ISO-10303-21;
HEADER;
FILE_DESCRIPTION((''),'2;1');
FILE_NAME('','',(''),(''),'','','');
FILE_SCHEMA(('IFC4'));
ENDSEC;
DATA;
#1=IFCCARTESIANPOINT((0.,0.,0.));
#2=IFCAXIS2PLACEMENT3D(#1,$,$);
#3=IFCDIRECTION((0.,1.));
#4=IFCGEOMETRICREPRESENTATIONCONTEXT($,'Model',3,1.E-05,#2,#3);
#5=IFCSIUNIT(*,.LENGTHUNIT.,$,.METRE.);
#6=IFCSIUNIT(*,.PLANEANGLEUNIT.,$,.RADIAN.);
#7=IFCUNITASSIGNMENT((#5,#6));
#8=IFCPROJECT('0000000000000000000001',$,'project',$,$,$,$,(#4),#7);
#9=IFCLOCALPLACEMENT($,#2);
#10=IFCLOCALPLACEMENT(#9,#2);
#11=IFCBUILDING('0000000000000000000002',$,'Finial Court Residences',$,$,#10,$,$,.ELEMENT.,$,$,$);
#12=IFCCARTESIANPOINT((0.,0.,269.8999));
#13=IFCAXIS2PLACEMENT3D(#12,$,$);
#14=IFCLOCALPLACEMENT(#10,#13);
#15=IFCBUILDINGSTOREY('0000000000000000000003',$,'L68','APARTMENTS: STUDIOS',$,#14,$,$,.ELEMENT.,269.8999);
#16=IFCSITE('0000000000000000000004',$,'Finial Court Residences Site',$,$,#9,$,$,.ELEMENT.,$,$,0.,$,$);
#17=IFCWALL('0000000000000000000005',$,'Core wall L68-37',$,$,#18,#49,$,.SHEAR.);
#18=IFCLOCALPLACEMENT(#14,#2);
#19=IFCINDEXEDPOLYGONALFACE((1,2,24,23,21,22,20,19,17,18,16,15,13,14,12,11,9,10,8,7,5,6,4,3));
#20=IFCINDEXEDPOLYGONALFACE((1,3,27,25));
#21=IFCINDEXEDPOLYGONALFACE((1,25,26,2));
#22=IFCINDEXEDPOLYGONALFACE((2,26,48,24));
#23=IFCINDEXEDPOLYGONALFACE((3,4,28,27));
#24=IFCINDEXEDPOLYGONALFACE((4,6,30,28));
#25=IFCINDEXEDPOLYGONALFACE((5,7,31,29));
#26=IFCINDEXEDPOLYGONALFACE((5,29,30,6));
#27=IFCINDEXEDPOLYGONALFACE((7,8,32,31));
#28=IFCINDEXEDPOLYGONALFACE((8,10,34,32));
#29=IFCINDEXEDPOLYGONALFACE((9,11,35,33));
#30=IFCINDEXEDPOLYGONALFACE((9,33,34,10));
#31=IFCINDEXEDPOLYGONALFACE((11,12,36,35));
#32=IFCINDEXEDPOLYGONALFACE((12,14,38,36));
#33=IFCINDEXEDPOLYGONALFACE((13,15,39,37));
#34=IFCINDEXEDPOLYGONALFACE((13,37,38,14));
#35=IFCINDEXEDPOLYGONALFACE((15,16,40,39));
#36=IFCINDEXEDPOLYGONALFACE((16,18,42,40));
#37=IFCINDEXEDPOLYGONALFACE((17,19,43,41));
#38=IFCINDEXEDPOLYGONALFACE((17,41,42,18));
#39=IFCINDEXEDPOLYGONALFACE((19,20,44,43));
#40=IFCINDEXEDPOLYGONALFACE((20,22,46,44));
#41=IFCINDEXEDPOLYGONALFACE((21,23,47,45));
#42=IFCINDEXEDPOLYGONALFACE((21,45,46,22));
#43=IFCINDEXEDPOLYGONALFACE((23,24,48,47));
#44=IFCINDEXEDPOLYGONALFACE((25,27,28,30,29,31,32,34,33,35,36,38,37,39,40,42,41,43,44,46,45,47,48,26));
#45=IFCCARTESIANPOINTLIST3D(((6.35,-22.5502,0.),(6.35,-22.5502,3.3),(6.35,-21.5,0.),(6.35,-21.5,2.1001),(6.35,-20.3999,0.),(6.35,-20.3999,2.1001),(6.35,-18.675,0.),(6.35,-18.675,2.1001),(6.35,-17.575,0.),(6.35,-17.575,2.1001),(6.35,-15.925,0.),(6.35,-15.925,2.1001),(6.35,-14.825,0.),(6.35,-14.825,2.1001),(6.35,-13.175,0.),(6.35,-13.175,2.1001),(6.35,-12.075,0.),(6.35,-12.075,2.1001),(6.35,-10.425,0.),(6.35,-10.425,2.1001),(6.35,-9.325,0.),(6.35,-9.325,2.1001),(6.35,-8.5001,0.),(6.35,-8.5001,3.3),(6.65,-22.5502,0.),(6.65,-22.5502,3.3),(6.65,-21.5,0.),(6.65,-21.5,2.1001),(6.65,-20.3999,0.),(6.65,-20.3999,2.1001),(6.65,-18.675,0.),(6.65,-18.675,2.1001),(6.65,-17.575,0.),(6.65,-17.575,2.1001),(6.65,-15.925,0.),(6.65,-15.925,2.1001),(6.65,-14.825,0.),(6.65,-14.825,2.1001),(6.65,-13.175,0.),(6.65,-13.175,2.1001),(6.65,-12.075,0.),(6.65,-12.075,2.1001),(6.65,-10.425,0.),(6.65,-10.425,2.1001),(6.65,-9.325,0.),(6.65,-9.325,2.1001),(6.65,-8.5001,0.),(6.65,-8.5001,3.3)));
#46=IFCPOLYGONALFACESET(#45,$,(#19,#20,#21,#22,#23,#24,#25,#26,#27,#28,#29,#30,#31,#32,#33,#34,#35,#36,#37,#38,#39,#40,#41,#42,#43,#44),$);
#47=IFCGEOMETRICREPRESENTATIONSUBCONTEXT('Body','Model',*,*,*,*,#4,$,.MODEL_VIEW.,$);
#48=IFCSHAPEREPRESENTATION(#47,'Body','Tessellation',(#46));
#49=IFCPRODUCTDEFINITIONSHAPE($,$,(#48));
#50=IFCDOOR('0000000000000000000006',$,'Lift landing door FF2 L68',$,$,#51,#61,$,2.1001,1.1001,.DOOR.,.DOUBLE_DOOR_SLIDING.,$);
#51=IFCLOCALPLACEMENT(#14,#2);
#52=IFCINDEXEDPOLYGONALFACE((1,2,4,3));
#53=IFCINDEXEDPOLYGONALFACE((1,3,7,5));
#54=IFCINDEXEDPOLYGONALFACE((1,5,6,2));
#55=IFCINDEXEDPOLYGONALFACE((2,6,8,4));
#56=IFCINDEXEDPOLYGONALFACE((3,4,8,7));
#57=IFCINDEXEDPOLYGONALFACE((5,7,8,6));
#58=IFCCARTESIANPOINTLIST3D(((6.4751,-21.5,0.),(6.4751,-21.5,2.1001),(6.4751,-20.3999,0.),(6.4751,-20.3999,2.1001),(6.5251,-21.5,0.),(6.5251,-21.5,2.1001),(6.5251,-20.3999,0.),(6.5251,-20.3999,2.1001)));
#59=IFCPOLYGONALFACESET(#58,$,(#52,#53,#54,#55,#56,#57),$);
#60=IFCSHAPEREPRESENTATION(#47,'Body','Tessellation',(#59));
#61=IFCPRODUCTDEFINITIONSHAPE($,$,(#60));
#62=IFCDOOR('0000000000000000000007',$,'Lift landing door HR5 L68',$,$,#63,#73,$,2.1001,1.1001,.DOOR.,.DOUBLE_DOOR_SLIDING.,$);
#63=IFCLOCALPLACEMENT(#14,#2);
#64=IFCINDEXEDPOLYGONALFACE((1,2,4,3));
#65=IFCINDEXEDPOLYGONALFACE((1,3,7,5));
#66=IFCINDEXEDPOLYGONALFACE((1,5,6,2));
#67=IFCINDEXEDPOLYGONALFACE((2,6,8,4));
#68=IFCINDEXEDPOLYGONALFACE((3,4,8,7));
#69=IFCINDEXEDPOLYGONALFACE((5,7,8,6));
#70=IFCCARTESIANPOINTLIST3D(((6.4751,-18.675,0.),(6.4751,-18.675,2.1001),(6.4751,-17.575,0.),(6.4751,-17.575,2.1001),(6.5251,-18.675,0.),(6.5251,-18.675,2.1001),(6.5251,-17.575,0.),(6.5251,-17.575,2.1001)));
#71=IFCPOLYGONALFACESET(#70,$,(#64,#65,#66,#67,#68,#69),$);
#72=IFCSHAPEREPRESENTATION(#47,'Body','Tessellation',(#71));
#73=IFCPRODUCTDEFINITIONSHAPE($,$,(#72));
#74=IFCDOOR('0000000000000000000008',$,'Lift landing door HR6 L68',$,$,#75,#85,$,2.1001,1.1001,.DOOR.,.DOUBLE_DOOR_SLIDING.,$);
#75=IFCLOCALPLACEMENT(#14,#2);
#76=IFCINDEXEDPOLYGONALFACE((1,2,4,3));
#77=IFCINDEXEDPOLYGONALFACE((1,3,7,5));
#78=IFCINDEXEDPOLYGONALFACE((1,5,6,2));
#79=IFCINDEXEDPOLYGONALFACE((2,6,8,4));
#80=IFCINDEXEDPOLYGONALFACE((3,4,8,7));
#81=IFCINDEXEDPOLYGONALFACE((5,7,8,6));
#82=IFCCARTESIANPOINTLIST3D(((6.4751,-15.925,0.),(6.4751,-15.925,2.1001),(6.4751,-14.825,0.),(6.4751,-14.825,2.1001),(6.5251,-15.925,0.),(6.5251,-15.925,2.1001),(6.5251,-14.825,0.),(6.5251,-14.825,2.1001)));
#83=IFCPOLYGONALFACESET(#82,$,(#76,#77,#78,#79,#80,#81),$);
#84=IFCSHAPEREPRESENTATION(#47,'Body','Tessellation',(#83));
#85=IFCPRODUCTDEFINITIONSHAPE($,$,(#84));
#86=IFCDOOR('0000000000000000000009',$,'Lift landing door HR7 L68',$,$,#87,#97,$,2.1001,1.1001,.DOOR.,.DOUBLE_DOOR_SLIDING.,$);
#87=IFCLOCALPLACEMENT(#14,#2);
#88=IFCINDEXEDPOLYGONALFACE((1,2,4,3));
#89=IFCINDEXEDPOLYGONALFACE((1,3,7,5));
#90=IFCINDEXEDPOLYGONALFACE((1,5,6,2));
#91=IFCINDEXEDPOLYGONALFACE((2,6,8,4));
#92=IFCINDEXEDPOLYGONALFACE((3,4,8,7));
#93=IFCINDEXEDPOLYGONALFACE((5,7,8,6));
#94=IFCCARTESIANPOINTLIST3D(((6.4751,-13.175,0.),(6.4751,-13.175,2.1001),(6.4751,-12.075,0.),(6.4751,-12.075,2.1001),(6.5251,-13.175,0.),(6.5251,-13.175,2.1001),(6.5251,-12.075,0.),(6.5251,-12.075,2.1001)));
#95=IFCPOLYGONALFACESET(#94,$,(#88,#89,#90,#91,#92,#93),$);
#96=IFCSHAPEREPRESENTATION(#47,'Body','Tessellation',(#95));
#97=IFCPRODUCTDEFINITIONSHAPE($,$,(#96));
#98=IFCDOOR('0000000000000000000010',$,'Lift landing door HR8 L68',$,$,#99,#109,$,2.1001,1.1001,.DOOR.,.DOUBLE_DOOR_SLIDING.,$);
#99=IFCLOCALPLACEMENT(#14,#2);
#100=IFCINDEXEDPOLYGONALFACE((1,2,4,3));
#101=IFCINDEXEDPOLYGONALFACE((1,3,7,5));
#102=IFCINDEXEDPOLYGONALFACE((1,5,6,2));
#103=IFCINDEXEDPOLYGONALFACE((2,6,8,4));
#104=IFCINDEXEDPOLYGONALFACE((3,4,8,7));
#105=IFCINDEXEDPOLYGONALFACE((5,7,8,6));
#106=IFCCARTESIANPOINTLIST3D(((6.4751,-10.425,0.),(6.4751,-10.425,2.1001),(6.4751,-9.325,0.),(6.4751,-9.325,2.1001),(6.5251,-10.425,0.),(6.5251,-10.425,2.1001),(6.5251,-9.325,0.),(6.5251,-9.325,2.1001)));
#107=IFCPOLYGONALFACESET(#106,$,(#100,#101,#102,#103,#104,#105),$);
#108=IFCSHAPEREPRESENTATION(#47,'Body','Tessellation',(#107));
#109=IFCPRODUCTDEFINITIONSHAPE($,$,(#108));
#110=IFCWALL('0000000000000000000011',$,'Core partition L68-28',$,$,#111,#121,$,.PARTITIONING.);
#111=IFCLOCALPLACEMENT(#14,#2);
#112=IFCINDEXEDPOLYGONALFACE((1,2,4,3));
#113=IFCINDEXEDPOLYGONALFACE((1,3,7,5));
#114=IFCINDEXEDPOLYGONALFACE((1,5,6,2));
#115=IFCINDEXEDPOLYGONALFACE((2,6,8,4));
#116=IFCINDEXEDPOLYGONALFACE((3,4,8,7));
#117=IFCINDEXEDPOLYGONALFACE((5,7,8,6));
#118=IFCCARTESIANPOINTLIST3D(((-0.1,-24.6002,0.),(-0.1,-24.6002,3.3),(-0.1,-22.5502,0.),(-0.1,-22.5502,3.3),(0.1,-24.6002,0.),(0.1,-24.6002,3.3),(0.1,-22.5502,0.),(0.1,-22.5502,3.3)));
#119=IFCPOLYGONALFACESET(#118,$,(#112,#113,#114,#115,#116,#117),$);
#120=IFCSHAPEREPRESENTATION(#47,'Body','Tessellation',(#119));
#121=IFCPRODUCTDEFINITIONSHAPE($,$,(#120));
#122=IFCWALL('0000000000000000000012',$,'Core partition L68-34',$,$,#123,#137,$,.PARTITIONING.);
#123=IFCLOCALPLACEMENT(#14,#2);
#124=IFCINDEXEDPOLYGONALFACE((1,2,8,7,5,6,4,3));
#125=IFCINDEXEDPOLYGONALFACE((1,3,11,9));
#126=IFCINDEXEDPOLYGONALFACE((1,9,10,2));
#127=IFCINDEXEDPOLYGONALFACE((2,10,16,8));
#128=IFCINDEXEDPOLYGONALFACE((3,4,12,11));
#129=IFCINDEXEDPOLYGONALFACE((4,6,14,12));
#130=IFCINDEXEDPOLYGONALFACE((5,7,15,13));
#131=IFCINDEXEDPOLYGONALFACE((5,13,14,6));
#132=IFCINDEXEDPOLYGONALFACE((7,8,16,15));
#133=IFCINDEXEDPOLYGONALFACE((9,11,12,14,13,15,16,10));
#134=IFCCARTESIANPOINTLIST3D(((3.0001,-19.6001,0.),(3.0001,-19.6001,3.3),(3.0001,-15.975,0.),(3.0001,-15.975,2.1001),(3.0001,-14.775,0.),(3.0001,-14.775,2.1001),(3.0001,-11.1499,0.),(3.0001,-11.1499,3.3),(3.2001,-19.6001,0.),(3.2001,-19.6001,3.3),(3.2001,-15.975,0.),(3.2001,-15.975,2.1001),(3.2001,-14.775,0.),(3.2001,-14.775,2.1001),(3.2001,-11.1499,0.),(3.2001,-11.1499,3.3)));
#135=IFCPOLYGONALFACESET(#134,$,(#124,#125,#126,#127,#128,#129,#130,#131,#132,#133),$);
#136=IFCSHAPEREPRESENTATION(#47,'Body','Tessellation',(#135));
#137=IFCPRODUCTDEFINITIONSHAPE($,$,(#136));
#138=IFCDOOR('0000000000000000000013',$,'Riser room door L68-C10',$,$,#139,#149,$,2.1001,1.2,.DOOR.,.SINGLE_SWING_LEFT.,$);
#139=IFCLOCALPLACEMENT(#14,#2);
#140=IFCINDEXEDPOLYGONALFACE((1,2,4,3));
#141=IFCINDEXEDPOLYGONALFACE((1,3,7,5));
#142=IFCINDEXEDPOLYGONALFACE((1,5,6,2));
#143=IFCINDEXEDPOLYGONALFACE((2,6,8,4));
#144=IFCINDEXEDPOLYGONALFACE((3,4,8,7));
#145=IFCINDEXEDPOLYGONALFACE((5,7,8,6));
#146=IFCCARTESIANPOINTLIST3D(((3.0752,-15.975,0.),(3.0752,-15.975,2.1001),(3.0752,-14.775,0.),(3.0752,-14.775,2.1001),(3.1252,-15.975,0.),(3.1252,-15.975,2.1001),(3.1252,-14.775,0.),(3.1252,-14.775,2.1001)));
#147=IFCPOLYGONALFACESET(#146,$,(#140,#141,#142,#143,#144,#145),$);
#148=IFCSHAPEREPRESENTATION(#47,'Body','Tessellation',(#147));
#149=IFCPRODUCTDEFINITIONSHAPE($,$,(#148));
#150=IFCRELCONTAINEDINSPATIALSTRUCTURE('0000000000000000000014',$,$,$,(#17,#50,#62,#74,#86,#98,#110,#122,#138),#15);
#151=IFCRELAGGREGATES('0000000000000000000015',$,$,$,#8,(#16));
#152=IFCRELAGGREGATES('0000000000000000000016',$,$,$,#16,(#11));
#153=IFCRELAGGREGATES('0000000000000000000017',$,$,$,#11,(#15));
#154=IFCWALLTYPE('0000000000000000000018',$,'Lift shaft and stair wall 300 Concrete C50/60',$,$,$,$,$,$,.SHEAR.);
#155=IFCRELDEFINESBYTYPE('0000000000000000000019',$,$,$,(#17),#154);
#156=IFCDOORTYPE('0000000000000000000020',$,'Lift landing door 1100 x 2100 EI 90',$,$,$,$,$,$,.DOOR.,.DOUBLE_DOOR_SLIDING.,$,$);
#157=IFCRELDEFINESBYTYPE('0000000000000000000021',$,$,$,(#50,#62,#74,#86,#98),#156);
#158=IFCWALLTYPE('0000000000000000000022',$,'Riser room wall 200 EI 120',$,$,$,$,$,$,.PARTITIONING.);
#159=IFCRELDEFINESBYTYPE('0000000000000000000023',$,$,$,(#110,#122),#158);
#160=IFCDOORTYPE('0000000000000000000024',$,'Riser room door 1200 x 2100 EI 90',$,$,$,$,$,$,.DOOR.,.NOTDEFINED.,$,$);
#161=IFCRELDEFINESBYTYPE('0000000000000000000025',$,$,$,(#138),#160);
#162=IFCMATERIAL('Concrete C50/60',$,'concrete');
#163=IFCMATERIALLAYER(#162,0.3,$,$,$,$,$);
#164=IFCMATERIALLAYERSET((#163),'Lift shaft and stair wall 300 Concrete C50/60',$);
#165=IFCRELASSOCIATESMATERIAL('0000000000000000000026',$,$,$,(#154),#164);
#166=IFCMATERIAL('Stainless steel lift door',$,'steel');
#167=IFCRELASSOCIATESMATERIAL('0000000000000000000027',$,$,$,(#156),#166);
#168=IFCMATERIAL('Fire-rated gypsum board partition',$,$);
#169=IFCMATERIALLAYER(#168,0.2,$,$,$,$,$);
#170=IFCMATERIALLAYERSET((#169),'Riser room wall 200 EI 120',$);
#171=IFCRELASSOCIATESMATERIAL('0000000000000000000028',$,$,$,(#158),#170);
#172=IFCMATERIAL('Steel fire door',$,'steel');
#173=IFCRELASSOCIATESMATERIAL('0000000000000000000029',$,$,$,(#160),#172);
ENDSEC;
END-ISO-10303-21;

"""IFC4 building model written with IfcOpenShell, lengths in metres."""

from ifc_helpers import new_model, si_unit, direction, frame, frame_2d, origin, place, context, subcontext, project, spatial, rectangle, extrude, material, layer, layer_set, type_object, element, fill, save


model = new_model("IFC4")

# Units and contexts
model_context = context("Model", 3, precision=1e-05, world=origin(), true_north=direction((0.0, 1.0)))
body_context = subcontext(model_context, "Body", "Model", "MODEL_VIEW")
ifc_project = project(units=[si_unit("LENGTHUNIT", "METRE"), si_unit("PLANEANGLEUNIT", "RADIAN")], contexts=[model_context])

# Site, building, storey
site_placement = place(None, origin())
site = spatial("IfcSite", under=ifc_project, at=site_placement, Name="Finial Court Residences Site", CompositionType="ELEMENT", RefElevation=0.0)
building_placement = place(site_placement, origin())
building = spatial("IfcBuilding", under=site, at=building_placement, Name="Finial Court Residences", CompositionType="ELEMENT")
storey_placement = place(building_placement, frame((0.0, 0.0, 269.8999)))
storey = spatial("IfcBuildingStorey", under=building, at=storey_placement, Name="L68", Description="APARTMENTS: STUDIOS", CompositionType="ELEMENT", Elevation=269.8999)

# Shared definitions
ifc_material_1 = material(Name="Fire-rated gypsum board partition")
ifc_material_2 = material(Name="Steel fire door", Category="steel")

# Shared definitions
ifc_material_3 = material(Name="Concrete C50/60", Category="concrete")
ifc_layer_1 = layer(ifc_material_3, 0.3)
ifc_layer_set_1 = layer_set([ifc_layer_1], Name="Lift shaft and stair wall 300 Concrete C50/60")
wall_type_1 = type_object("IfcWallType", Name="Lift shaft and stair wall 300 Concrete C50/60", PredefinedType="SHEAR", material=ifc_layer_set_1)

# Shared definitions
ifc_material_4 = material(Name="Stainless steel lift door", Category="steel")
door_type_1 = type_object("IfcDoorType", Name="Lift landing door 1100 x 2100 EI 90", OperationType="DOUBLE_DOOR_SLIDING", PredefinedType="DOOR", material=ifc_material_4)

# Wall, openings, doors
wall_1_placement = place(storey_placement, frame((6.5, -22.55, 0.0), z_axis=(0.0, 0.0, 1.0), x_axis=(0.0, 1.0, 0.0)))
wall_1 = element("IfcWall", 1, at=wall_1_placement, inside=storey, type_object=wall_type_1, Name="Core wall L68-37", PredefinedType="SHEAR", context=body_context, shape_type="SweptSolid", body=[
    extrude(rectangle(XDim=14.05, YDim=0.3, at=frame_2d((7.0249, 0.0))), origin(), (0.0, 0.0, 1.0), 3.3),
])
opening_1_placement = place(wall_1_placement, frame((1.05, 0.0, 0.0)))
opening_1 = element("IfcOpeningElement", 2, at=opening_1_placement, cuts=wall_1, PredefinedType="OPENING", context=body_context, shape_type="SweptSolid", body=[
    extrude(rectangle(XDim=1.1001, YDim=2.1001, at=frame_2d((0.55, 1.05))), frame((0.0, 0.1599, 0.0), z_axis=(0.0, -1.0, 0.0), x_axis=(1.0, 0.0, 0.0)), (0.0, 0.0, 1.0), 0.3201),
])
opening_2_placement = place(wall_1_placement, frame((3.875, 0.0, 0.0)))
opening_2 = element("IfcOpeningElement", 3, at=opening_2_placement, cuts=wall_1, PredefinedType="OPENING", context=body_context, shape_type="SweptSolid", body=[
    extrude(rectangle(XDim=1.1001, YDim=2.1001, at=frame_2d((0.55, 1.05))), frame((0.0, 0.1599, 0.0), z_axis=(0.0, -1.0, 0.0), x_axis=(1.0, 0.0, 0.0)), (0.0, 0.0, 1.0), 0.3201),
])
opening_3_placement = place(wall_1_placement, frame((6.625, 0.0, 0.0)))
opening_3 = element("IfcOpeningElement", 4, at=opening_3_placement, cuts=wall_1, PredefinedType="OPENING", context=body_context, shape_type="SweptSolid", body=[
    extrude(rectangle(XDim=1.1001, YDim=2.1001, at=frame_2d((0.55, 1.05))), frame((0.0, 0.1599, 0.0), z_axis=(0.0, -1.0, 0.0), x_axis=(1.0, 0.0, 0.0)), (0.0, 0.0, 1.0), 0.3201),
])
opening_4_placement = place(wall_1_placement, frame((9.375, 0.0, 0.0)))
opening_4 = element("IfcOpeningElement", 5, at=opening_4_placement, cuts=wall_1, PredefinedType="OPENING", context=body_context, shape_type="SweptSolid", body=[
    extrude(rectangle(XDim=1.1001, YDim=2.1001, at=frame_2d((0.55, 1.05))), frame((0.0, 0.1599, 0.0), z_axis=(0.0, -1.0, 0.0), x_axis=(1.0, 0.0, 0.0)), (0.0, 0.0, 1.0), 0.3201),
])
opening_5_placement = place(wall_1_placement, frame((12.125, 0.0, 0.0)))
opening_5 = element("IfcOpeningElement", 6, at=opening_5_placement, cuts=wall_1, PredefinedType="OPENING", context=body_context, shape_type="SweptSolid", body=[
    extrude(rectangle(XDim=1.1001, YDim=2.1001, at=frame_2d((0.55, 1.05))), frame((0.0, 0.1599, 0.0), z_axis=(0.0, -1.0, 0.0), x_axis=(1.0, 0.0, 0.0)), (0.0, 0.0, 1.0), 0.3201),
])
door_1_placement = place(opening_1_placement, origin())
door_1 = element("IfcDoor", 7, at=door_1_placement, inside=storey, type_object=door_type_1, Name="Lift landing door FF2 L68", OperationType="DOUBLE_DOOR_SLIDING", OverallHeight=2.1001, OverallWidth=1.1001, PredefinedType="DOOR", context=body_context, shape_type="SweptSolid", body=[
    extrude(rectangle(XDim=1.1001, YDim=2.1001, at=frame_2d((0.55, 1.05))), frame((0.0, 0.0249, 0.0), z_axis=(0.0, -1.0, 0.0), x_axis=(1.0, 0.0, 0.0)), (0.0, 0.0, 1.0), 0.05),
])
fill(opening_1, door_1)
door_2_placement = place(opening_2_placement, origin())
door_2 = element("IfcDoor", 8, at=door_2_placement, inside=storey, type_object=door_type_1, Name="Lift landing door HR5 L68", OperationType="DOUBLE_DOOR_SLIDING", OverallHeight=2.1001, OverallWidth=1.1001, PredefinedType="DOOR", context=body_context, shape_type="SweptSolid", body=[
    extrude(rectangle(XDim=1.1001, YDim=2.1001, at=frame_2d((0.55, 1.05))), frame((0.0, 0.0249, 0.0), z_axis=(0.0, -1.0, 0.0), x_axis=(1.0, 0.0, 0.0)), (0.0, 0.0, 1.0), 0.05),
])
fill(opening_2, door_2)
door_3_placement = place(opening_3_placement, origin())
door_3 = element("IfcDoor", 9, at=door_3_placement, inside=storey, type_object=door_type_1, Name="Lift landing door HR6 L68", OperationType="DOUBLE_DOOR_SLIDING", OverallHeight=2.1001, OverallWidth=1.1001, PredefinedType="DOOR", context=body_context, shape_type="SweptSolid", body=[
    extrude(rectangle(XDim=1.1001, YDim=2.1001, at=frame_2d((0.55, 1.05))), frame((0.0, 0.0249, 0.0), z_axis=(0.0, -1.0, 0.0), x_axis=(1.0, 0.0, 0.0)), (0.0, 0.0, 1.0), 0.05),
])
fill(opening_3, door_3)
door_4_placement = place(opening_4_placement, origin())
door_4 = element("IfcDoor", 10, at=door_4_placement, inside=storey, type_object=door_type_1, Name="Lift landing door HR7 L68", OperationType="DOUBLE_DOOR_SLIDING", OverallHeight=2.1001, OverallWidth=1.1001, PredefinedType="DOOR", context=body_context, shape_type="SweptSolid", body=[
    extrude(rectangle(XDim=1.1001, YDim=2.1001, at=frame_2d((0.55, 1.05))), frame((0.0, 0.0249, 0.0), z_axis=(0.0, -1.0, 0.0), x_axis=(1.0, 0.0, 0.0)), (0.0, 0.0, 1.0), 0.05),
])
fill(opening_4, door_4)
door_5_placement = place(opening_5_placement, origin())
door_5 = element("IfcDoor", 11, at=door_5_placement, inside=storey, type_object=door_type_1, Name="Lift landing door HR8 L68", OperationType="DOUBLE_DOOR_SLIDING", OverallHeight=2.1001, OverallWidth=1.1001, PredefinedType="DOOR", context=body_context, shape_type="SweptSolid", body=[
    extrude(rectangle(XDim=1.1001, YDim=2.1001, at=frame_2d((0.55, 1.05))), frame((0.0, 0.0249, 0.0), z_axis=(0.0, -1.0, 0.0), x_axis=(1.0, 0.0, 0.0)), (0.0, 0.0, 1.0), 0.05),
])
fill(opening_5, door_5)

# Wall
ifc_layer_2 = layer(ifc_material_1, 0.2)
ifc_layer_set_2 = layer_set([ifc_layer_2], Name="Riser room wall 200 EI 120")
wall_type_2 = type_object("IfcWallType", Name="Riser room wall 200 EI 120", PredefinedType="PARTITIONING", material=ifc_layer_set_2)
wall_2_placement = place(storey_placement, frame((0.0, -24.6001, 0.0), z_axis=(0.0, 0.0, 1.0), x_axis=(0.0, 1.0, 0.0)))
element("IfcWall", 12, at=wall_2_placement, inside=storey, type_object=wall_type_2, Name="Core partition L68-28", PredefinedType="PARTITIONING", context=body_context, shape_type="SweptSolid", body=[
    extrude(rectangle(XDim=2.05, YDim=0.2, at=frame_2d((1.0249, 0.0))), origin(), (0.0, 0.0, 1.0), 3.3),
])

# Wall, opening, door
wall_3_placement = place(storey_placement, frame((3.1001, -19.6001, 0.0), z_axis=(0.0, 0.0, 1.0), x_axis=(0.0, 1.0, 0.0)))
wall_3 = element("IfcWall", 13, at=wall_3_placement, inside=storey, type_object=wall_type_2, Name="Core partition L68-34", PredefinedType="PARTITIONING", context=body_context, shape_type="SweptSolid", body=[
    extrude(rectangle(XDim=8.4502, YDim=0.2, at=frame_2d((4.2251, 0.0))), origin(), (0.0, 0.0, 1.0), 3.3),
])
opening_6_placement = place(wall_3_placement, frame((3.625, 0.0, 0.0)))
opening_6 = element("IfcOpeningElement", 14, at=opening_6_placement, cuts=wall_3, PredefinedType="OPENING", context=body_context, shape_type="SweptSolid", body=[
    extrude(rectangle(XDim=1.2, YDim=2.1001, at=frame_2d((0.6001, 1.05))), frame((0.0, 0.1099, 0.0), z_axis=(0.0, -1.0, 0.0), x_axis=(1.0, 0.0, 0.0)), (0.0, 0.0, 1.0), 0.22),
])
door_type_2 = type_object("IfcDoorType", Name="Riser room door 1200 x 2100 EI 90", OperationType="NOTDEFINED", PredefinedType="DOOR", material=ifc_material_2)
door_6_placement = place(opening_6_placement, origin())
door_6 = element("IfcDoor", 15, at=door_6_placement, inside=storey, type_object=door_type_2, Name="Riser room door L68-C10", OperationType="SINGLE_SWING_LEFT", OverallHeight=2.1001, OverallWidth=1.2, PredefinedType="DOOR", context=body_context, shape_type="SweptSolid", body=[
    extrude(rectangle(XDim=1.2, YDim=2.1001, at=frame_2d((0.6001, 1.05))), frame((0.0, 0.0249, 0.0), z_axis=(0.0, -1.0, 0.0), x_axis=(1.0, 0.0, 0.0)), (0.0, 0.0, 1.0), 0.05),
])
fill(opening_6, door_6)

save(model, "model.ifc")
